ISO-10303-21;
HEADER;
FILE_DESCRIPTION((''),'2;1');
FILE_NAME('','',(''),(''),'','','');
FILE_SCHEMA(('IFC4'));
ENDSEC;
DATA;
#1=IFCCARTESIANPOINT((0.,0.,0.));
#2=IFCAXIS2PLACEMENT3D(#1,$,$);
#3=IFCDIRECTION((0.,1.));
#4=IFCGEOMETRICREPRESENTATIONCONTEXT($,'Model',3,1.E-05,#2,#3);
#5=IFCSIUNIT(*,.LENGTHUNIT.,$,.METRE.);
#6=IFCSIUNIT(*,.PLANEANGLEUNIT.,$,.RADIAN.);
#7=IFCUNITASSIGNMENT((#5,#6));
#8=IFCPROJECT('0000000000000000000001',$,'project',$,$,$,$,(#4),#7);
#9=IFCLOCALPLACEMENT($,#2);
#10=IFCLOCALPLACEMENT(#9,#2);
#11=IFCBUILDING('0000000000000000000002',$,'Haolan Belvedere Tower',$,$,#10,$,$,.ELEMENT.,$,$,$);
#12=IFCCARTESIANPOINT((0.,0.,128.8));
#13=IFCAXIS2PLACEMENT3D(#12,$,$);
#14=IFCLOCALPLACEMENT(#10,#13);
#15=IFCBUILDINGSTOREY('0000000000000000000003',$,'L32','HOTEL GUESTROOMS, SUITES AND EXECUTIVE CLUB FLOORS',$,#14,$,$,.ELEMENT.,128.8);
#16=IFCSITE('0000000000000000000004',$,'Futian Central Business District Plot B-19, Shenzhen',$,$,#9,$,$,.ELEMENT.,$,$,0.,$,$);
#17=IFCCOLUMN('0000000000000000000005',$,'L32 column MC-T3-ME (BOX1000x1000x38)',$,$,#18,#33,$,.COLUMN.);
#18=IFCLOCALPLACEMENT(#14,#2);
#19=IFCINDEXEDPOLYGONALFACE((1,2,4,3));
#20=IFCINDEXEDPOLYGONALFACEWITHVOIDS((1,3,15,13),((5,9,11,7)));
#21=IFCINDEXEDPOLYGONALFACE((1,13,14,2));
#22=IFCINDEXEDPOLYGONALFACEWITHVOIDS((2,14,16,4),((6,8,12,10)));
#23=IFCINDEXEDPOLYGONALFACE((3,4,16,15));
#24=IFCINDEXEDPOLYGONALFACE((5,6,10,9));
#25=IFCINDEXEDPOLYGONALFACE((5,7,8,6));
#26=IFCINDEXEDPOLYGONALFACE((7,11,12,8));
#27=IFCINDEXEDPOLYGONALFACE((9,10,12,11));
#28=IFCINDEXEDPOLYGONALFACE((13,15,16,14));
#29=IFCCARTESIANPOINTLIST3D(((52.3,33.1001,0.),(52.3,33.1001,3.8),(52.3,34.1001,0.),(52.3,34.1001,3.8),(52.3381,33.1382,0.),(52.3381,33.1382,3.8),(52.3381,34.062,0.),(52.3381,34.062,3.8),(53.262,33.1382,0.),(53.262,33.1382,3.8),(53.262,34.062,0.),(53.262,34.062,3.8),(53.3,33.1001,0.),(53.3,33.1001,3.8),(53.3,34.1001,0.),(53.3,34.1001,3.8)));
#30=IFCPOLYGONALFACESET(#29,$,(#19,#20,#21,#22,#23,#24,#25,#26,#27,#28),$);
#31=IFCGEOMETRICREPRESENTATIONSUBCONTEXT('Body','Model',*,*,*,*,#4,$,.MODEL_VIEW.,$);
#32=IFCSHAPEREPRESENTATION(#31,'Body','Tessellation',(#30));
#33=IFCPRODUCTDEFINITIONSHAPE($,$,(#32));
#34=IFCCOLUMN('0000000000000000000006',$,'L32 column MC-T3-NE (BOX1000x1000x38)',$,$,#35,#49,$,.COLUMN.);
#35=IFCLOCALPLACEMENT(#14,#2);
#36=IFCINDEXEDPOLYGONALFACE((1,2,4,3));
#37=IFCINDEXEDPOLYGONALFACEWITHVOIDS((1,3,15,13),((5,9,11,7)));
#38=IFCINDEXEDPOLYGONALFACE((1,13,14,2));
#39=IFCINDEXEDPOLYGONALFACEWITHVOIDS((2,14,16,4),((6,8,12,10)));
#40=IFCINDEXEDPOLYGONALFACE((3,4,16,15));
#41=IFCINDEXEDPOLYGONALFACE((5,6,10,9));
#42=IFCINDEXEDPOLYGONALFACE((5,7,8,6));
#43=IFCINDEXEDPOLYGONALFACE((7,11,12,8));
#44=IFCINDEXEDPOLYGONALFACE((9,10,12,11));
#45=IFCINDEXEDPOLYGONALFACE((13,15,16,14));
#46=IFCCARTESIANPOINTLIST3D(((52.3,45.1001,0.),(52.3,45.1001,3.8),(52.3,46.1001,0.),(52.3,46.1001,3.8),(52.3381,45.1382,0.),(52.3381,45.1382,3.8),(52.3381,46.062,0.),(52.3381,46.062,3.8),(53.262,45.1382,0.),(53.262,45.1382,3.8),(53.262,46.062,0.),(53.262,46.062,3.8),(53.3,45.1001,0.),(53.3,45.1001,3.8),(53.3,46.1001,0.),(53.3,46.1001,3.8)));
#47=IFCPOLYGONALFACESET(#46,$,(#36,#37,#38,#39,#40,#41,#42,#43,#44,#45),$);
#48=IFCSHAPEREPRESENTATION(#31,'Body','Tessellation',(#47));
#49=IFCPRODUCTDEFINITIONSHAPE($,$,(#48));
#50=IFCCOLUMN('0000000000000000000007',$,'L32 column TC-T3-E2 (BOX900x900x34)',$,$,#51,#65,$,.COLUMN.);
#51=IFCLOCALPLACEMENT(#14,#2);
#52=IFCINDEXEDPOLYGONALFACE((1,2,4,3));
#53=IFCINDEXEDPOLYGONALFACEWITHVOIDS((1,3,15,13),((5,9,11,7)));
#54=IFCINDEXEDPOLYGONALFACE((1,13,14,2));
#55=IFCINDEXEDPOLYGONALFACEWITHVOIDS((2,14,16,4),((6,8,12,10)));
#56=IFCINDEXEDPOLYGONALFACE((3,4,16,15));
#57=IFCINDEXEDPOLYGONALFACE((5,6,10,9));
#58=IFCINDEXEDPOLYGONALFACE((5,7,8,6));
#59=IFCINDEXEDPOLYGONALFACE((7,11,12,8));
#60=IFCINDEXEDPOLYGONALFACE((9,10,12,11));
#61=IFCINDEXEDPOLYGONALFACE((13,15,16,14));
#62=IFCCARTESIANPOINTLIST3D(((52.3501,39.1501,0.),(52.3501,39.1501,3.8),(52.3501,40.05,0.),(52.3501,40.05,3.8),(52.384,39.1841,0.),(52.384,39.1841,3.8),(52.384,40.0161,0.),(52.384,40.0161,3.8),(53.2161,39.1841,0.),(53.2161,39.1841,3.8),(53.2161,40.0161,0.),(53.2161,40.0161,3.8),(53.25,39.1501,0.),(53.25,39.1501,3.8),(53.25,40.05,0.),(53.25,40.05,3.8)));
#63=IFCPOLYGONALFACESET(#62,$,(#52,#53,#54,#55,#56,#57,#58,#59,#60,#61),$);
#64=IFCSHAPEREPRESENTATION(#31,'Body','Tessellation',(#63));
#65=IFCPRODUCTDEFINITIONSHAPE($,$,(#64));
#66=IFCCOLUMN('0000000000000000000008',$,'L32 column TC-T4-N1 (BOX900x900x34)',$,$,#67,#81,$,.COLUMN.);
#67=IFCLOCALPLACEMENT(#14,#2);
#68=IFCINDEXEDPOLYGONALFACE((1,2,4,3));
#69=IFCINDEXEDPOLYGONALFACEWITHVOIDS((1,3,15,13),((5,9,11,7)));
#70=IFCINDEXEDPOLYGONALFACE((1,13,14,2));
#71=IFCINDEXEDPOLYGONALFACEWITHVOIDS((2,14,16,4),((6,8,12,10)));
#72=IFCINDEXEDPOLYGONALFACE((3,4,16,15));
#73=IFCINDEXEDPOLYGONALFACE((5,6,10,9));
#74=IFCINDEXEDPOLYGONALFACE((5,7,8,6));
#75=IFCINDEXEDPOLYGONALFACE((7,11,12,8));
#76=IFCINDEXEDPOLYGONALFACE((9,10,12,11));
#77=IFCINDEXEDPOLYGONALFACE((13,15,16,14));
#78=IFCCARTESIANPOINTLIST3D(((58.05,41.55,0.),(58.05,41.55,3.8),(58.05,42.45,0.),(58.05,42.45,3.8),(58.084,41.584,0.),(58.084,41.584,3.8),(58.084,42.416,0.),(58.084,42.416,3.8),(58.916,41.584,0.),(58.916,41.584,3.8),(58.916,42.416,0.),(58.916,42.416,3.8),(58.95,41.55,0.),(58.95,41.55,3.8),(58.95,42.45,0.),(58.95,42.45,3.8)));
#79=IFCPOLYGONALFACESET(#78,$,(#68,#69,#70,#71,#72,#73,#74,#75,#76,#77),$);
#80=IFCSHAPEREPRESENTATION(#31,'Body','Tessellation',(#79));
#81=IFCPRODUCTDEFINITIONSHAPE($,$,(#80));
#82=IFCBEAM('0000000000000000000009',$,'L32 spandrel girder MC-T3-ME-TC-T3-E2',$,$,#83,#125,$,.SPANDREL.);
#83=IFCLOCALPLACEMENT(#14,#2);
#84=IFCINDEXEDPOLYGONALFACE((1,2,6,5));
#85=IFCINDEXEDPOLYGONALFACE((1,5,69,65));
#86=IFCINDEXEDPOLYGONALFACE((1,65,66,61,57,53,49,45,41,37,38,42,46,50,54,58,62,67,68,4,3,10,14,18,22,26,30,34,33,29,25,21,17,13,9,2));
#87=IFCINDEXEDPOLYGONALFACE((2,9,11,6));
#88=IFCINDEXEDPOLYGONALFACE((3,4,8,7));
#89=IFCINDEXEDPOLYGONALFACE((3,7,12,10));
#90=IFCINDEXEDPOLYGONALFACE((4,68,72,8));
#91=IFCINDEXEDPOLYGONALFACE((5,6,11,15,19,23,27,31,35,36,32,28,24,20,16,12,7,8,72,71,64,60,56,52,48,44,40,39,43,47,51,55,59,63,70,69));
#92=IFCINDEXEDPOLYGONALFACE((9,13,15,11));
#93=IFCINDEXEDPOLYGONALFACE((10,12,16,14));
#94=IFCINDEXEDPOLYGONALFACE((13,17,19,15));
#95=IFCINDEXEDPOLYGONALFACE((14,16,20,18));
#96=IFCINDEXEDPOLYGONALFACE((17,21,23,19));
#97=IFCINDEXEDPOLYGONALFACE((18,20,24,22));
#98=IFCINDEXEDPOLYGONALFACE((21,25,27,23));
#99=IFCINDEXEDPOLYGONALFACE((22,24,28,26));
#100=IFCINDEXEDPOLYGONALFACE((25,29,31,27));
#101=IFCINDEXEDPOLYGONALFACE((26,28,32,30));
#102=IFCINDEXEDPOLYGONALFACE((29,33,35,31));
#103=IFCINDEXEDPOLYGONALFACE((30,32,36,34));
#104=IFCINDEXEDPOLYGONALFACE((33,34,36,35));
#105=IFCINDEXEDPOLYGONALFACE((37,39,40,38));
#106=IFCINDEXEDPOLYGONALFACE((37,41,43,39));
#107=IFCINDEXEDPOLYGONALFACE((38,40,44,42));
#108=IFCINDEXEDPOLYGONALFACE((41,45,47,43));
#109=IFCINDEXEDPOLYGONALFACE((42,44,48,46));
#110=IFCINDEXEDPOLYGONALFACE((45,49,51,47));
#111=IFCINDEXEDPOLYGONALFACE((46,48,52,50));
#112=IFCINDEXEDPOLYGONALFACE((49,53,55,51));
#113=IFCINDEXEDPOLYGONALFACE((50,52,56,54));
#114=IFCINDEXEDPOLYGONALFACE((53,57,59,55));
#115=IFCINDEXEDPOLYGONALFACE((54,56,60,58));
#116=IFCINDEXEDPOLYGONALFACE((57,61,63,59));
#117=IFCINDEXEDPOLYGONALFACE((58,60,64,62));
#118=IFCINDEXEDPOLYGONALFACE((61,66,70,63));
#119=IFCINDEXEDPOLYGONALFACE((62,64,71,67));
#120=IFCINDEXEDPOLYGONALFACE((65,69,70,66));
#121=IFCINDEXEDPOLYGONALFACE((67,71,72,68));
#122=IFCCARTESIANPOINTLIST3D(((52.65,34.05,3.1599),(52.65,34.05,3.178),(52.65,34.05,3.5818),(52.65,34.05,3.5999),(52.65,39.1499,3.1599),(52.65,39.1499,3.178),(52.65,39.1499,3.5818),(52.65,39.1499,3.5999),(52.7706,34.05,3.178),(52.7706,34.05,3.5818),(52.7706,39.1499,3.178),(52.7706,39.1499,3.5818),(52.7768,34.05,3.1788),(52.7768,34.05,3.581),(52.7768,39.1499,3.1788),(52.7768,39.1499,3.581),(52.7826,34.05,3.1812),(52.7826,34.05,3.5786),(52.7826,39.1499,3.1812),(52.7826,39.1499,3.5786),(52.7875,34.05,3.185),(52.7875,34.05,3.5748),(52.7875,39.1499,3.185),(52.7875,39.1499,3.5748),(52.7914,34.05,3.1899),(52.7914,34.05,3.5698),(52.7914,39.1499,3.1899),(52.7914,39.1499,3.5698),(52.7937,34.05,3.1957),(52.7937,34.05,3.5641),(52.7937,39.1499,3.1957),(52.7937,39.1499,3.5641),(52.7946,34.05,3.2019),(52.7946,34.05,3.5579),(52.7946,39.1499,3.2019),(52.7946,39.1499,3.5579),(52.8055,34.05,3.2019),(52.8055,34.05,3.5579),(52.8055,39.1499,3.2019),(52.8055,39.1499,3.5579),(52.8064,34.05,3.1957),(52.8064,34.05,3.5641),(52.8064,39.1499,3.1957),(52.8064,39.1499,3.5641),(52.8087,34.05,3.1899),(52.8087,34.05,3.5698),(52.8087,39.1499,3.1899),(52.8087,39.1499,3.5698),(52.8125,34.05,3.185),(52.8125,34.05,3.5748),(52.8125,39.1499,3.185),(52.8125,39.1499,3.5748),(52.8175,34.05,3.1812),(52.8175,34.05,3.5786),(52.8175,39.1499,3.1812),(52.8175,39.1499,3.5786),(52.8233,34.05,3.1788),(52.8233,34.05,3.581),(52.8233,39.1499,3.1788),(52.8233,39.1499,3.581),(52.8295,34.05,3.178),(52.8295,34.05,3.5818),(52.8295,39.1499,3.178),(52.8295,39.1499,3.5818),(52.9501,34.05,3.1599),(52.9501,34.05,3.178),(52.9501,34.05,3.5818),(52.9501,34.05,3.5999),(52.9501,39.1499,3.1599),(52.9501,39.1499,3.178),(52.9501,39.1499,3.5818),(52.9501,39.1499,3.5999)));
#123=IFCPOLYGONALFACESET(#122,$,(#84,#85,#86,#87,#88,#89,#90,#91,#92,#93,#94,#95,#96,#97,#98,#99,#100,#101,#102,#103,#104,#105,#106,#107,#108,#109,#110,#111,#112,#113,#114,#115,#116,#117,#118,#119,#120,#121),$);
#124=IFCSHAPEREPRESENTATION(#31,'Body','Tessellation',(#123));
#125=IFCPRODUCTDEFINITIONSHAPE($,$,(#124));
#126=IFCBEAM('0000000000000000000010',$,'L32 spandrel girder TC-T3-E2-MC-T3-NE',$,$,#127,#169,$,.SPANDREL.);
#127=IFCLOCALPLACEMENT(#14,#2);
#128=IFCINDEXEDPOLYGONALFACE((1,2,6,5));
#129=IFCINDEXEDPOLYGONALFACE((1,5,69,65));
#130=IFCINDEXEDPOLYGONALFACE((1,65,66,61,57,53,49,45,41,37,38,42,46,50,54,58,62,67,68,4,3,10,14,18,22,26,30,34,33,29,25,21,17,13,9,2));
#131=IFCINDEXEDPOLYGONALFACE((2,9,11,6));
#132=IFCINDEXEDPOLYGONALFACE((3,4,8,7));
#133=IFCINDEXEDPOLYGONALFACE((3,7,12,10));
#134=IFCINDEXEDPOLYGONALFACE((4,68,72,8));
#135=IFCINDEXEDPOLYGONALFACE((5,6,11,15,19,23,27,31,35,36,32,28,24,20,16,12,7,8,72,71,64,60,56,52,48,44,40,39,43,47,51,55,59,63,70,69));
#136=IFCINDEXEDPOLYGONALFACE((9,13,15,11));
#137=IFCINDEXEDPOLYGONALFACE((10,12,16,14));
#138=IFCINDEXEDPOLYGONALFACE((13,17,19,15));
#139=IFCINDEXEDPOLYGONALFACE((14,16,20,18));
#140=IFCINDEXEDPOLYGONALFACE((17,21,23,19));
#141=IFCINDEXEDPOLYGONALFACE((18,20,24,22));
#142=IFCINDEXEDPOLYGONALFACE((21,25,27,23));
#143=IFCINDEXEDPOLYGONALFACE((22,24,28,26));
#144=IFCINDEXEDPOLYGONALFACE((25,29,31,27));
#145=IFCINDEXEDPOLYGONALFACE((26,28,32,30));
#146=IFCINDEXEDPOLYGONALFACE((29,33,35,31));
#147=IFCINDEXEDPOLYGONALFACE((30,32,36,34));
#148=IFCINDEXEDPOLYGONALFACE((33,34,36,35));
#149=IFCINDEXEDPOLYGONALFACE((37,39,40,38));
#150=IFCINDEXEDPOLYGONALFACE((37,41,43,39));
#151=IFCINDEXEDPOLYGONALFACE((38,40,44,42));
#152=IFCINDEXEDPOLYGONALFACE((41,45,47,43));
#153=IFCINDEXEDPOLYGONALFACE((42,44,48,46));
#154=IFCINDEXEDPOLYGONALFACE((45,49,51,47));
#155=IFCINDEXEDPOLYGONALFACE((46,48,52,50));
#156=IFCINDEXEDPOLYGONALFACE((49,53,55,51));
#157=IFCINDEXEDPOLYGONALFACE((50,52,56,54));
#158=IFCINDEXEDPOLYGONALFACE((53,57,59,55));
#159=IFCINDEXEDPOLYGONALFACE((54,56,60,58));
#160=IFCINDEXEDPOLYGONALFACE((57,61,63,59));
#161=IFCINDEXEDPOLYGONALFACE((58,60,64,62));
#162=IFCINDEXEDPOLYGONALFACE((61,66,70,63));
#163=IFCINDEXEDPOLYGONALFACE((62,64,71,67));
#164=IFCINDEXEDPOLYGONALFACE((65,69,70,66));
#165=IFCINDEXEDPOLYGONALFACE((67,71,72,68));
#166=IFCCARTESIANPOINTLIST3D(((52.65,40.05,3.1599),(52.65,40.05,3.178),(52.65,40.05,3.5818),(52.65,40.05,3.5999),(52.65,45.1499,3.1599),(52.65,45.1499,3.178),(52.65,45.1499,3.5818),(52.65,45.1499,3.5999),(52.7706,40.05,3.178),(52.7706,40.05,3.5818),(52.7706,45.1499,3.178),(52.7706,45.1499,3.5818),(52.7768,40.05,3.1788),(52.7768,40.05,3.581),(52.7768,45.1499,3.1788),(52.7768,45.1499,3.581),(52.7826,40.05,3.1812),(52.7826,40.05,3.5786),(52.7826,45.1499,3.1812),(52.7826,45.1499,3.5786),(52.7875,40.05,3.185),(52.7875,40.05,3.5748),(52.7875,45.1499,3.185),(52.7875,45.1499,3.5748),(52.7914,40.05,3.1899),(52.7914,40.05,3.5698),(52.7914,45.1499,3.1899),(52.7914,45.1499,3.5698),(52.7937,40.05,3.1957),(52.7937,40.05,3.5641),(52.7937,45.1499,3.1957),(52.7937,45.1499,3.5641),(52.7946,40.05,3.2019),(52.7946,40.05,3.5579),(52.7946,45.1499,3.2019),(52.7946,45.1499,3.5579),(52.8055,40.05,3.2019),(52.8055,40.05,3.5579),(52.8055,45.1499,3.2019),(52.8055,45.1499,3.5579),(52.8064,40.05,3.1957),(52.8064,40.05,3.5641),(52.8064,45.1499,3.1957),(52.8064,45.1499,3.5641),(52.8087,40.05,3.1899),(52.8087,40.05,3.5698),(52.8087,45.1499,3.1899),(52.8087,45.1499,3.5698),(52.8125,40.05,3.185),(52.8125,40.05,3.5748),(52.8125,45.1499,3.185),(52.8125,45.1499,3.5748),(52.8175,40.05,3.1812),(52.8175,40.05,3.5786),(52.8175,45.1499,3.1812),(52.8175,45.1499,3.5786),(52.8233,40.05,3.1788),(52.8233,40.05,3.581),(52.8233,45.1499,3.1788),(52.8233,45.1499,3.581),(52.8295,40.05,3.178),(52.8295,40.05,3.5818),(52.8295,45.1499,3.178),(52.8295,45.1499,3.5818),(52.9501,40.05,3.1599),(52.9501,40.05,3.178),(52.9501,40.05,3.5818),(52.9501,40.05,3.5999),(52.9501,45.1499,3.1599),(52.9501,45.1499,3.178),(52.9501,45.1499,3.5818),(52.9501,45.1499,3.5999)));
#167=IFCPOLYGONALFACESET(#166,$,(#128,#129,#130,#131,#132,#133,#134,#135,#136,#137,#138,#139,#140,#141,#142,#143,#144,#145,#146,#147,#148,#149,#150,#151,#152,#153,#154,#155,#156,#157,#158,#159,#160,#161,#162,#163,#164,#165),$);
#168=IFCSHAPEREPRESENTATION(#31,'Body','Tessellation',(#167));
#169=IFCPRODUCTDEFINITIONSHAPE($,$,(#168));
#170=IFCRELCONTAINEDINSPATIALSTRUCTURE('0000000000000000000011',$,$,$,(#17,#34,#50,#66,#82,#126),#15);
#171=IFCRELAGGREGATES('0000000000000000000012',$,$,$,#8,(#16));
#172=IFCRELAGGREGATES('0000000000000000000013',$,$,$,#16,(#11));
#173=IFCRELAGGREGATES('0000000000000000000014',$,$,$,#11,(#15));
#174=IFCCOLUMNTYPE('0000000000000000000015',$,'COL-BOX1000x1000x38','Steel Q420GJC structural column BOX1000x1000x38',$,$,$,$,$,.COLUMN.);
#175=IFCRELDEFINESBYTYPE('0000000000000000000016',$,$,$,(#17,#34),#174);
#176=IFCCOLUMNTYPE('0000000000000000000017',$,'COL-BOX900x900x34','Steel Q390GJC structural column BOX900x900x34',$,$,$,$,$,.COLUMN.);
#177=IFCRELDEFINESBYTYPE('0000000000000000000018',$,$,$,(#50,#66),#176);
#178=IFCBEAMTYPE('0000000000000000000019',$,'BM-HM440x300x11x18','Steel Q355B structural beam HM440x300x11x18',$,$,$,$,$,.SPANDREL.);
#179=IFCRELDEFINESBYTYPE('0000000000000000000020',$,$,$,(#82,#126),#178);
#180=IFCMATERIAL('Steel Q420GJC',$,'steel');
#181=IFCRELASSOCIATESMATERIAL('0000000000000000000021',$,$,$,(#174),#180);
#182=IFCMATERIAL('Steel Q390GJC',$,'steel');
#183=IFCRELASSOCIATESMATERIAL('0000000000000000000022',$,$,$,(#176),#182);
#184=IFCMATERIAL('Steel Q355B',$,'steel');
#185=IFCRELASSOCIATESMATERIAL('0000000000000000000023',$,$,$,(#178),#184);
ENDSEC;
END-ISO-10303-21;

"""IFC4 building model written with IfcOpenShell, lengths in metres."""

from ifc_helpers import new_model, si_unit, direction, frame, origin, origin_2d, place, context, subcontext, project, spatial, hollow_rectangle, i_section, extrude, material, material_profile, profile_set, type_object, element, save


model = new_model("IFC4")

# Units and contexts
model_context = context("Model", 3, precision=1e-05, world=origin(), true_north=direction((0.0, 1.0)))
body_context = subcontext(model_context, "Body", "Model", "MODEL_VIEW")
ifc_project = project(units=[si_unit("LENGTHUNIT", "METRE"), si_unit("PLANEANGLEUNIT", "RADIAN")], contexts=[model_context])

# Site, building, storey
site_placement = place(None, origin())
site = spatial("IfcSite", under=ifc_project, at=site_placement, Name="Futian Central Business District Plot B-19, Shenzhen", CompositionType="ELEMENT", RefElevation=0.0)
building_placement = place(site_placement, origin())
building = spatial("IfcBuilding", under=site, at=building_placement, Name="Haolan Belvedere Tower", CompositionType="ELEMENT")
storey_placement = place(building_placement, frame((0.0, 0.0, 128.8)))
storey = spatial("IfcBuildingStorey", under=building, at=storey_placement, Name="L32", Description="HOTEL GUESTROOMS, SUITES AND EXECUTIVE CLUB FLOORS", CompositionType="ELEMENT", Elevation=128.8)

# Columns
ifc_material_1 = material(Name="Steel Q420GJC", Category="steel")
ifc_material_profile_1 = material_profile(ifc_material_1, hollow_rectangle(XDim=1.0, YDim=1.0, WallThickness=0.0381, at=origin_2d()), Name="Steel Q420GJC")
ifc_profile_set_1 = profile_set([ifc_material_profile_1], Name="Steel Q420GJC")
column_type_1 = type_object("IfcColumnType", Name="COL-BOX1000x1000x38", Description="Steel Q420GJC structural column BOX1000x1000x38", PredefinedType="COLUMN", material=ifc_profile_set_1)
for number, where, z_axis, x_axis, name in (
    (1, (52.8, 33.6001, 0.0), (0.0, 0.0, 1.0), (1.0, 0.0, 0.0), "L32 column MC-T3-ME (BOX1000x1000x38)"),
    (2, (52.8, 45.6001, 0.0), (0.0, 0.0, 1.0), (1.0, 0.0, 0.0), "L32 column MC-T3-NE (BOX1000x1000x38)"),
):
    element("IfcColumn", number, at=place(storey_placement, frame(where, z_axis=z_axis, x_axis=x_axis)), inside=storey, type_object=column_type_1, Name=name, PredefinedType="COLUMN", context=body_context, shape_type="SweptSolid", body=[
        extrude(hollow_rectangle(XDim=1.0, YDim=1.0, WallThickness=0.0381, at=origin_2d()), origin(), (0.0, 0.0, 1.0), 3.8),
    ])
ifc_material_2 = material(Name="Steel Q390GJC", Category="steel")
ifc_material_profile_2 = material_profile(ifc_material_2, hollow_rectangle(XDim=0.8999, YDim=0.8999, WallThickness=0.0339, at=origin_2d()), Name="Steel Q390GJC")
ifc_profile_set_2 = profile_set([ifc_material_profile_2], Name="Steel Q390GJC")
column_type_2 = type_object("IfcColumnType", Name="COL-BOX900x900x34", Description="Steel Q390GJC structural column BOX900x900x34", PredefinedType="COLUMN", material=ifc_profile_set_2)
for number, where, z_axis, x_axis, name in (
    (3, (52.8, 39.6001, 0.0), (0.0, 0.0, 1.0), (1.0, 0.0, 0.0), "L32 column TC-T3-E2 (BOX900x900x34)"),
    (4, (58.5, 42.0, 0.0), (0.0, 0.0, 1.0), (1.0, 0.0, 0.0), "L32 column TC-T4-N1 (BOX900x900x34)"),
):
    element("IfcColumn", number, at=place(storey_placement, frame(where, z_axis=z_axis, x_axis=x_axis)), inside=storey, type_object=column_type_2, Name=name, PredefinedType="COLUMN", context=body_context, shape_type="SweptSolid", body=[
        extrude(hollow_rectangle(XDim=0.8999, YDim=0.8999, WallThickness=0.0339, at=origin_2d()), origin(), (0.0, 0.0, 1.0), 3.8),
    ])

# Beams
ifc_material_3 = material(Name="Steel Q355B", Category="steel")
ifc_material_profile_3 = material_profile(ifc_material_3, i_section(OverallWidth=0.3, OverallDepth=0.4399, WebThickness=0.011, FlangeThickness=0.0181, FilletRadius=0.0239, at=origin_2d()), Name="Steel Q355B")
ifc_profile_set_3 = profile_set([ifc_material_profile_3], Name="Steel Q355B")
beam_type_1 = type_object("IfcBeamType", Name="BM-HM440x300x11x18", Description="Steel Q355B structural beam HM440x300x11x18", PredefinedType="SPANDREL", material=ifc_profile_set_3)
for number, where, z_axis, x_axis, name in (
    (5, (52.8, 34.05, 3.3799), (0.0, 1.0, 0.0), (-1.0, 0.0, 0.0), "L32 spandrel girder MC-T3-ME-TC-T3-E2"),
    (6, (52.8, 40.05, 3.3799), (0.0, 1.0, 0.0), (-1.0, 0.0, 0.0), "L32 spandrel girder TC-T3-E2-MC-T3-NE"),
):
    element("IfcBeam", number, at=place(storey_placement, frame(where, z_axis=z_axis, x_axis=x_axis)), inside=storey, type_object=beam_type_1, Name=name, PredefinedType="SPANDREL", context=body_context, shape_type="SweptSolid", body=[
        extrude(i_section(OverallWidth=0.3, OverallDepth=0.4399, WebThickness=0.011, FlangeThickness=0.0181, FilletRadius=0.0239, at=origin_2d()), origin(), (0.0, 0.0, 1.0), 5.0999),
    ])

save(model, "model.ifc")
